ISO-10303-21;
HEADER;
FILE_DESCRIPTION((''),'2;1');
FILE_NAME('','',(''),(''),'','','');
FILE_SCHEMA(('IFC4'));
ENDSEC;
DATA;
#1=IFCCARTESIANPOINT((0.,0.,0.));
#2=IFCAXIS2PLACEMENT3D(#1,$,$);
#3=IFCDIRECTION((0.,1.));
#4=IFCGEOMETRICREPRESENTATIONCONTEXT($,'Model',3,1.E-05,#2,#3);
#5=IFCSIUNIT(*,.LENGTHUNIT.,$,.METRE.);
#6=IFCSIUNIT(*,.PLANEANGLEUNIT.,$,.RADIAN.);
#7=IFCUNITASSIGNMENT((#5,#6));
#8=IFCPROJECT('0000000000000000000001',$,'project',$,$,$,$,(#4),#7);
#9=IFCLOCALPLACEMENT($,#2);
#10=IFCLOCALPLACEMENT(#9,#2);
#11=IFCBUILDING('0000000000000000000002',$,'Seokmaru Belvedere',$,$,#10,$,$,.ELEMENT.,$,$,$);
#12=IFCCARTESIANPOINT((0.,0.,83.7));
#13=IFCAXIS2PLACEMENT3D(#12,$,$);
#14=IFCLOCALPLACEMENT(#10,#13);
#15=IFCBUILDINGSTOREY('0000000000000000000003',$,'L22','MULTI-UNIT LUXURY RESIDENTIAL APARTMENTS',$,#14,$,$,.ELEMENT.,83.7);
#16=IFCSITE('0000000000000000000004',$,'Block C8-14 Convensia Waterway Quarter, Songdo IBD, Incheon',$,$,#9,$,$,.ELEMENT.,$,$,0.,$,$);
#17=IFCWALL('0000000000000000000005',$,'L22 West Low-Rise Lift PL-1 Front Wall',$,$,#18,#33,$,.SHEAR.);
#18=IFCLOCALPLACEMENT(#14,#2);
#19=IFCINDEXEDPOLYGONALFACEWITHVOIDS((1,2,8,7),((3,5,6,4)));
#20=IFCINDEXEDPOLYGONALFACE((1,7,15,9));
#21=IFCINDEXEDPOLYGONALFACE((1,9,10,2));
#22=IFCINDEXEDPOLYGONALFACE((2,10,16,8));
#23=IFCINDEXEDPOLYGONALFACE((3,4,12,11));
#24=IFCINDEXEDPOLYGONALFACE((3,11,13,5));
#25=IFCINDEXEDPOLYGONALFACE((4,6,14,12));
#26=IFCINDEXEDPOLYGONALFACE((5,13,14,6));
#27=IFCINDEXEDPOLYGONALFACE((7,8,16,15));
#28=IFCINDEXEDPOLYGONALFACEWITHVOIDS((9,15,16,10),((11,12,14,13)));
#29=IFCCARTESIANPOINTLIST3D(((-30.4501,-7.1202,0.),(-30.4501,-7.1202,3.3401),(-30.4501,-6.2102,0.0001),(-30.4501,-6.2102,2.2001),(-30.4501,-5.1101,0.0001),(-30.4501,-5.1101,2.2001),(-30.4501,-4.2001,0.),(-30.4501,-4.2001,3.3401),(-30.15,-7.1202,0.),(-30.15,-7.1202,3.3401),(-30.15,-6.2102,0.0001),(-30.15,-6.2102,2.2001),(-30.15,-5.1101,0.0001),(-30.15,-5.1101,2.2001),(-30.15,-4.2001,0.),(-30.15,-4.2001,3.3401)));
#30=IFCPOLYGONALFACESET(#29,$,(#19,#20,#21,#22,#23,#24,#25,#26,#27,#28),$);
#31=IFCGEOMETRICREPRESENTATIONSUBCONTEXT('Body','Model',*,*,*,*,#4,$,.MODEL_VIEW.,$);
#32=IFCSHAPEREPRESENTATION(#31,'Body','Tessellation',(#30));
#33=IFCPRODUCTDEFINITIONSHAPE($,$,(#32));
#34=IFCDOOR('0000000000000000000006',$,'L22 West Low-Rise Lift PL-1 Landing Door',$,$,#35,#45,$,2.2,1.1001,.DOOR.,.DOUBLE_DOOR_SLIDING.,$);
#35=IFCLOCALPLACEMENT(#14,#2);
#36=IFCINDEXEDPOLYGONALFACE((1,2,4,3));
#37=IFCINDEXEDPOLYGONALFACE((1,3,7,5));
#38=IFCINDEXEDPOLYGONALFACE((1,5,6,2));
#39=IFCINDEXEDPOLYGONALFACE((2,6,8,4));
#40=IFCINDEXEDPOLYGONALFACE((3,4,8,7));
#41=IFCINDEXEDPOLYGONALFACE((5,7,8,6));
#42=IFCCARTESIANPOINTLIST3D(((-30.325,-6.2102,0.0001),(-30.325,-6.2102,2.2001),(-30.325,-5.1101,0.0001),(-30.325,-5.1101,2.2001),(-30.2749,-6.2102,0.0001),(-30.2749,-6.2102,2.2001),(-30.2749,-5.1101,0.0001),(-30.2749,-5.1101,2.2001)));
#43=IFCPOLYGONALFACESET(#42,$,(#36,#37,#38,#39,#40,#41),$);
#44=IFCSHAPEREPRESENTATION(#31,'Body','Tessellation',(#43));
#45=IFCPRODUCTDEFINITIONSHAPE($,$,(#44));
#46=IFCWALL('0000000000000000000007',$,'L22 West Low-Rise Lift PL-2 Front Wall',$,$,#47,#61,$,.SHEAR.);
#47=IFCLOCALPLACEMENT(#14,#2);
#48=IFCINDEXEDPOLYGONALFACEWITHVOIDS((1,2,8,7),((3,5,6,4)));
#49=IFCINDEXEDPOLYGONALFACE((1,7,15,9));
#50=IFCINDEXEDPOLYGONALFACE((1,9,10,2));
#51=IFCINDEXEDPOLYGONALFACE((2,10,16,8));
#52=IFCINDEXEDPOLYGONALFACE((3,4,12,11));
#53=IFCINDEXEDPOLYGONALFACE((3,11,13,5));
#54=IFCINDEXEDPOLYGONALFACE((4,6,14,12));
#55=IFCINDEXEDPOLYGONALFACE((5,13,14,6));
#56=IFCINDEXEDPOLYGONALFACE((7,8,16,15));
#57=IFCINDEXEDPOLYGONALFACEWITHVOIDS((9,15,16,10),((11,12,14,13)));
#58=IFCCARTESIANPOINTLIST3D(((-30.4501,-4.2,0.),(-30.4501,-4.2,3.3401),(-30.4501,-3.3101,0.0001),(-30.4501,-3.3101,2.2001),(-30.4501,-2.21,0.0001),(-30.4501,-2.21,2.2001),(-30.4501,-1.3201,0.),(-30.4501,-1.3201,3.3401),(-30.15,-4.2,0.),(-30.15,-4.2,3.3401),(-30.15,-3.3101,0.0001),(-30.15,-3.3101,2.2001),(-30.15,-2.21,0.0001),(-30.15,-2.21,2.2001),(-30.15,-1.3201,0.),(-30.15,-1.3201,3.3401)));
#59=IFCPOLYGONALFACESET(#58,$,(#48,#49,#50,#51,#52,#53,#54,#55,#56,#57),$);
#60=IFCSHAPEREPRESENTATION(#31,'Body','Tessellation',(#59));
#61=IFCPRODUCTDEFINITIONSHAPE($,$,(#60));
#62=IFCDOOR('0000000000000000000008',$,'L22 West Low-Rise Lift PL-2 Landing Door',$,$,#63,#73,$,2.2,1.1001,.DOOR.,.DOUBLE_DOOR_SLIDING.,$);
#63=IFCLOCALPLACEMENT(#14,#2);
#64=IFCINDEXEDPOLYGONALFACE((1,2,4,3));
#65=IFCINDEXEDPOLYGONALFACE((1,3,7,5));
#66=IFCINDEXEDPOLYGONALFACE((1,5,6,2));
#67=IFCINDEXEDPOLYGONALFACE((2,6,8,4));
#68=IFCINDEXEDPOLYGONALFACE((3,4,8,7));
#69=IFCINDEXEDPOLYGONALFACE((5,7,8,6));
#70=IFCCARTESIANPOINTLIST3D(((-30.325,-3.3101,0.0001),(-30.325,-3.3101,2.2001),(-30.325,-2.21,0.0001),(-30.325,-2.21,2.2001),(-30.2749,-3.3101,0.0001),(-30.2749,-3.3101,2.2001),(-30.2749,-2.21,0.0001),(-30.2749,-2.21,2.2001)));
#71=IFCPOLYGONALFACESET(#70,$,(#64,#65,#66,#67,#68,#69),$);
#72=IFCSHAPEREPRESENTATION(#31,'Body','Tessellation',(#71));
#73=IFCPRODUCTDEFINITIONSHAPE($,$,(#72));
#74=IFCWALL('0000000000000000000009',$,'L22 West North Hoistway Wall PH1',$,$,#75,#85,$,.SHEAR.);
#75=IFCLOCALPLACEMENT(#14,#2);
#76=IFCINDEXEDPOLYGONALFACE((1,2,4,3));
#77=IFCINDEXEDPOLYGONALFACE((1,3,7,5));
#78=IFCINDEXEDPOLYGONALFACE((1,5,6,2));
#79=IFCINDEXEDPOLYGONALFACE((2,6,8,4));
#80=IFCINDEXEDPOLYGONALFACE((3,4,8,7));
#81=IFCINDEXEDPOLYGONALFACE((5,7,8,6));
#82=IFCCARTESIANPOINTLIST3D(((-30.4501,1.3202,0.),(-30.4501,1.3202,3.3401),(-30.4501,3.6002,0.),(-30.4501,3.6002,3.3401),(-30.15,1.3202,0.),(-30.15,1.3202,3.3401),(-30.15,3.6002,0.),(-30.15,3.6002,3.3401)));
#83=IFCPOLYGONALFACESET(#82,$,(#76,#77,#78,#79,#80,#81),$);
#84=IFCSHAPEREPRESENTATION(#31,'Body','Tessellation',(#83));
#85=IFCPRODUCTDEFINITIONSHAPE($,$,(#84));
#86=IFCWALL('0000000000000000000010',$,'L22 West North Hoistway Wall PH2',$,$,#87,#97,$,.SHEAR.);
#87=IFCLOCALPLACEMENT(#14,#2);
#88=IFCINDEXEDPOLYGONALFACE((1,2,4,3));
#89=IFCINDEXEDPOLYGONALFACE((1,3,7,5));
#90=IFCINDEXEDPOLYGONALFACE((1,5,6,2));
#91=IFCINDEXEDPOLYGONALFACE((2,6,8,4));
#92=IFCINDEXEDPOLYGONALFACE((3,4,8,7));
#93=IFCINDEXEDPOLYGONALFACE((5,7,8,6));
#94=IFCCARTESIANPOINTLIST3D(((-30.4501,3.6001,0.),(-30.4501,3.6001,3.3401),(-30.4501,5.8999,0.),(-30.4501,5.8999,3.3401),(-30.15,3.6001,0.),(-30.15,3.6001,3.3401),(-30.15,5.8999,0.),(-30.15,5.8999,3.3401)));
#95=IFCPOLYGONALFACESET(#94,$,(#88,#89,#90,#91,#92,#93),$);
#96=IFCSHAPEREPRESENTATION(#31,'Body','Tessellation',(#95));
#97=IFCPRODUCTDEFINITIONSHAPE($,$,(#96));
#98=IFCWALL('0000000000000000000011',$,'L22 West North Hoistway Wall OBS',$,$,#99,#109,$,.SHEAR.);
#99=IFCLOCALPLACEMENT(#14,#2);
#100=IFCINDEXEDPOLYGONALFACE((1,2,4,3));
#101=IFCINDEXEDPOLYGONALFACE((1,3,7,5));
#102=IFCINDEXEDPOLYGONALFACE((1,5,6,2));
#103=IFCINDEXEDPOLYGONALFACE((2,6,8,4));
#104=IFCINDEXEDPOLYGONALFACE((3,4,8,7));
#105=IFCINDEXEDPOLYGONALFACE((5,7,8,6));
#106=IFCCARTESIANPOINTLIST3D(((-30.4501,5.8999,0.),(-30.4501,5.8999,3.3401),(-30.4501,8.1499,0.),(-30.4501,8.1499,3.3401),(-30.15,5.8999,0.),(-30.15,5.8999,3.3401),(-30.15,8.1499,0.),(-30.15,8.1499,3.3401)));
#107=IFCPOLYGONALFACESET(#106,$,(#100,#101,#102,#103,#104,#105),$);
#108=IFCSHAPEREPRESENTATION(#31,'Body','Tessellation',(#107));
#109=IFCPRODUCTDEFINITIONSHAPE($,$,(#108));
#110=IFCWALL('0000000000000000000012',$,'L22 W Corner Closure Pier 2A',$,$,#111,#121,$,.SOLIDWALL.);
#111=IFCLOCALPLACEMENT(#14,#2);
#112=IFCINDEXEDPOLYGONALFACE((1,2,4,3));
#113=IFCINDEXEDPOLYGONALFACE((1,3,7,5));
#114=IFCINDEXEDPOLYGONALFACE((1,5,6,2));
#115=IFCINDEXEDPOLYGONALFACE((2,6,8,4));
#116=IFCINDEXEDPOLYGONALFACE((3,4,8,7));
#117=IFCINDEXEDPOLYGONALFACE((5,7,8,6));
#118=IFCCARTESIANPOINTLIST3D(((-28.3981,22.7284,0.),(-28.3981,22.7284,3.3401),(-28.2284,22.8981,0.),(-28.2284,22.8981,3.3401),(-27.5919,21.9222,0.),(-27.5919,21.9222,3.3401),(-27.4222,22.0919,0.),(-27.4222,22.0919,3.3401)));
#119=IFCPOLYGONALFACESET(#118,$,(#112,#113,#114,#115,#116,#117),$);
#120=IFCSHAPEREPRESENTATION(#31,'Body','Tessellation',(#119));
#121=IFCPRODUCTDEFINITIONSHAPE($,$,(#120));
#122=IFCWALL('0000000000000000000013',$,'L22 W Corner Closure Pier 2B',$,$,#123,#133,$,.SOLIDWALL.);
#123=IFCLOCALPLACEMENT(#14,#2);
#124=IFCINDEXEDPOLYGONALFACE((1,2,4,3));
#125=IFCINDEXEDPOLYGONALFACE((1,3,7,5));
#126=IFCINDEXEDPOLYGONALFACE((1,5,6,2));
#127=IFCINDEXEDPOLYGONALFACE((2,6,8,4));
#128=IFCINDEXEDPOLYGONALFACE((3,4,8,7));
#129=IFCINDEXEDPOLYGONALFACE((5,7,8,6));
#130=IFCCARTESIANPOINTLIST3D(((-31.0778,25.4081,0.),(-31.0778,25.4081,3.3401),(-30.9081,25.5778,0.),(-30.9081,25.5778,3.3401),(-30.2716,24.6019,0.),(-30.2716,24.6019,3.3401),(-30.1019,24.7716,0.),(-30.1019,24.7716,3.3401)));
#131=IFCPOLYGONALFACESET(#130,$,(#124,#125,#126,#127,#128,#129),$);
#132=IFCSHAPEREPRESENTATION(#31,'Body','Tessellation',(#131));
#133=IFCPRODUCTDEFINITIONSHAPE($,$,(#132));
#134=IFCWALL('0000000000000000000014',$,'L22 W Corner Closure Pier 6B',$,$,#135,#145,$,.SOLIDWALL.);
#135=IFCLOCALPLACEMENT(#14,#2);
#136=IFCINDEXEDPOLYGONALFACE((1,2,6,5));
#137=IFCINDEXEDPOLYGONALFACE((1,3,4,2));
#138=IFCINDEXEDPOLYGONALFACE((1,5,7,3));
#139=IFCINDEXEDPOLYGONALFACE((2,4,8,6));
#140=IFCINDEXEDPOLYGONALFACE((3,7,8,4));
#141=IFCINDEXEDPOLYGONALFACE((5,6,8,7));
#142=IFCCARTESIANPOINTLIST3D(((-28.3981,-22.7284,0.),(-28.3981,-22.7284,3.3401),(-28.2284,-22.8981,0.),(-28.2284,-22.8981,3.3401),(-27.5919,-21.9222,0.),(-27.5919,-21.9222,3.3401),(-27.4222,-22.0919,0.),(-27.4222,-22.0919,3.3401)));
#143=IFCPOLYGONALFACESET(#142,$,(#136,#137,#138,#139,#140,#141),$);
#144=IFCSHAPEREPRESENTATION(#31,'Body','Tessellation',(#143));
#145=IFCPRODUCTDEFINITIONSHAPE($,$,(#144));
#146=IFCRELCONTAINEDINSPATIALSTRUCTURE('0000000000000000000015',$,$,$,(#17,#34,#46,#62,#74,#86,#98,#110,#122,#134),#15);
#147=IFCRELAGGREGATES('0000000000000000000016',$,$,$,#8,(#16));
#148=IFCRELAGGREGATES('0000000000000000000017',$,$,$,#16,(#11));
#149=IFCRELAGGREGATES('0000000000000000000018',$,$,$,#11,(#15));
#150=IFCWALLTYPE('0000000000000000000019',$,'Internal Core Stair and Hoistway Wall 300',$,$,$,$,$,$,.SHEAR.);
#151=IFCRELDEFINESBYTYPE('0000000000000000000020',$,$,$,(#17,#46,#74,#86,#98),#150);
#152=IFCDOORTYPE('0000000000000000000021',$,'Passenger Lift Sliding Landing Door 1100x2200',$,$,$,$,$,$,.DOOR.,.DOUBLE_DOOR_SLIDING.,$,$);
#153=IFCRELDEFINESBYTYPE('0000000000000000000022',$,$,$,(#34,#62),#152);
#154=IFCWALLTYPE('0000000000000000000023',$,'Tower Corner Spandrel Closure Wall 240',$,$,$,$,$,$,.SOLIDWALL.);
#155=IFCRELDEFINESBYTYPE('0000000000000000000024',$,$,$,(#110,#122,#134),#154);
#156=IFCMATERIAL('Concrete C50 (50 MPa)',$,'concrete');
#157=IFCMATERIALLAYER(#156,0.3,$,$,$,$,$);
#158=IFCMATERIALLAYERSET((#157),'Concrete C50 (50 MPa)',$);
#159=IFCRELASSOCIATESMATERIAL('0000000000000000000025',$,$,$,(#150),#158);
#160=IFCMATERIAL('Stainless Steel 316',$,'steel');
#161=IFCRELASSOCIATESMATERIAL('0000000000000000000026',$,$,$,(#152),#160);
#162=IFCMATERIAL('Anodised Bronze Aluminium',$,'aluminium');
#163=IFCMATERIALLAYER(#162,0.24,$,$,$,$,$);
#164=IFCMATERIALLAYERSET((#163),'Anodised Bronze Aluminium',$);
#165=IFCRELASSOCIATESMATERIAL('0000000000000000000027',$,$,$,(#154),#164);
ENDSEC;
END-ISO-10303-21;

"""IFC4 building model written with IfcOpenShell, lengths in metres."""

from ifc_helpers import new_model, si_unit, direction, frame, frame_2d, origin, place, context, subcontext, project, spatial, rectangle, extrude, source, transform, mapped, material, layer, layer_set, type_object, type_shapes, element, fill, save


model = new_model("IFC4")

# Units and contexts
model_context = context("Model", 3, precision=1e-05, world=origin(), true_north=direction((0.0, 1.0)))
body_context = subcontext(model_context, "Body", "Model", "MODEL_VIEW")
ifc_project = project(units=[si_unit("LENGTHUNIT", "METRE"), si_unit("PLANEANGLEUNIT", "RADIAN")], contexts=[model_context])

# Site, building, storey
site_placement = place(None, origin())
site = spatial("IfcSite", under=ifc_project, at=site_placement, Name="Block C8-14 Convensia Waterway Quarter, Songdo IBD, Incheon", CompositionType="ELEMENT", RefElevation=0.0)
building_placement = place(site_placement, origin())
building = spatial("IfcBuilding", under=site, at=building_placement, Name="Seokmaru Belvedere", CompositionType="ELEMENT")
storey_placement = place(building_placement, frame((0.0, 0.0, 83.7)))
storey = spatial("IfcBuildingStorey", under=building, at=storey_placement, Name="L22", Description="MULTI-UNIT LUXURY RESIDENTIAL APARTMENTS", CompositionType="ELEMENT", Elevation=83.7)

# Shared definitions
ifc_material_1 = material(Name="Anodised Bronze Aluminium", Category="aluminium")

# Walls, openings, doors
ifc_material_2 = material(Name="Concrete C50 (50 MPa)", Category="concrete")
ifc_layer_1 = layer(ifc_material_2, 0.3)
ifc_layer_set_1 = layer_set([ifc_layer_1], Name="Concrete C50 (50 MPa)")
wall_type_1 = type_object("IfcWallType", Name="Internal Core Stair and Hoistway Wall 300", PredefinedType="SHEAR", material=ifc_layer_set_1)
wall_1_placement = place(storey_placement, frame((-30.3, -7.1201, 0.0), z_axis=(0.0, 0.0, 1.0), x_axis=(0.0, 1.0, 0.0)))
wall_1 = element("IfcWall", 1, at=wall_1_placement, inside=storey, type_object=wall_type_1, Name="L22 West Low-Rise Lift PL-1 Front Wall", PredefinedType="SHEAR", context=body_context, shape_type="SweptSolid", body=[
    extrude(rectangle(XDim=2.9202, YDim=0.3, at=frame_2d((1.46, 0.0))), origin(), (0.0, 0.0, 1.0), 3.3401),
])
opening_1_placement = place(wall_1_placement, frame((0.9099, 0.0, 0.0)))
opening_1 = element("IfcOpeningElement", 2, at=opening_1_placement, cuts=wall_1, PredefinedType="OPENING", context=body_context, shape_type="SweptSolid", body=[
    extrude(rectangle(XDim=1.1001, YDim=2.2, at=frame_2d((0.55, 1.1001))), frame((0.0, 0.1602, 0.0), z_axis=(0.0, -1.0, 0.0), x_axis=(1.0, 0.0, 0.0)), (0.0, 0.0, 1.0), 0.3201),
])
ifc_material_3 = material(Name="Stainless Steel 316", Category="steel")
door_type_1 = type_object("IfcDoorType", Name="Passenger Lift Sliding Landing Door 1100x2200", OperationType="DOUBLE_DOOR_SLIDING", PredefinedType="DOOR", material=ifc_material_3)
shared_shape_1 = source(origin(), body_context, "Body", "SweptSolid", [
    extrude(rectangle(XDim=1.1001, YDim=2.2, at=frame_2d((0.55, 1.1001))), frame((0.0, 0.0249, 0.0), z_axis=(0.0, -1.0, 0.0), x_axis=(1.0, 0.0, 0.0)), (0.0, 0.0, 1.0), 0.05),
])
type_shapes(door_type_1, [shared_shape_1])
door_1_placement = place(opening_1_placement, origin())
door_1 = element("IfcDoor", 3, at=door_1_placement, inside=storey, type_object=door_type_1, Name="L22 West Low-Rise Lift PL-1 Landing Door", OperationType="DOUBLE_DOOR_SLIDING", OverallHeight=2.2, OverallWidth=1.1001, PredefinedType="DOOR", context=body_context, shape_type="MappedRepresentation", body=[
    mapped(shared_shape_1, transform((0.0, 0.0, 0.0), scale=1.0)),
])
fill(opening_1, door_1)
wall_2_placement = place(storey_placement, frame((-30.3, -4.2, 0.0), z_axis=(0.0, 0.0, 1.0), x_axis=(0.0, 1.0, 0.0)))
wall_2 = element("IfcWall", 4, at=wall_2_placement, inside=storey, type_object=wall_type_1, Name="L22 West Low-Rise Lift PL-2 Front Wall", PredefinedType="SHEAR", context=body_context, shape_type="SweptSolid", body=[
    extrude(rectangle(XDim=2.8799, YDim=0.3, at=frame_2d((1.4399, 0.0))), origin(), (0.0, 0.0, 1.0), 3.3401),
])
opening_2_placement = place(wall_2_placement, frame((0.8899, 0.0, 0.0)))
opening_2 = element("IfcOpeningElement", 5, at=opening_2_placement, cuts=wall_2, PredefinedType="OPENING", context=body_context, shape_type="SweptSolid", body=[
    extrude(rectangle(XDim=1.1001, YDim=2.2, at=frame_2d((0.55, 1.1001))), frame((0.0, 0.1602, 0.0), z_axis=(0.0, -1.0, 0.0), x_axis=(1.0, 0.0, 0.0)), (0.0, 0.0, 1.0), 0.3201),
])
door_2_placement = place(opening_2_placement, origin())
door_2 = element("IfcDoor", 6, at=door_2_placement, inside=storey, type_object=door_type_1, Name="L22 West Low-Rise Lift PL-2 Landing Door", OperationType="DOUBLE_DOOR_SLIDING", OverallHeight=2.2, OverallWidth=1.1001, PredefinedType="DOOR", context=body_context, shape_type="MappedRepresentation", body=[
    mapped(shared_shape_1, transform((0.0, 0.0, 0.0), scale=1.0)),
])
fill(opening_2, door_2)

# Walls
wall_3_placement = place(storey_placement, frame((-30.3, 1.3201, 0.0), z_axis=(0.0, 0.0, 1.0), x_axis=(0.0, 1.0, 0.0)))
element("IfcWall", 7, at=wall_3_placement, inside=storey, type_object=wall_type_1, Name="L22 West North Hoistway Wall PH1", PredefinedType="SHEAR", context=body_context, shape_type="SweptSolid", body=[
    extrude(rectangle(XDim=2.28, YDim=0.3, at=frame_2d((1.1401, 0.0))), origin(), (0.0, 0.0, 1.0), 3.3401),
])
wall_4_placement = place(storey_placement, frame((-30.3, 3.6001, 0.0), z_axis=(0.0, 0.0, 1.0), x_axis=(0.0, 1.0, 0.0)))
element("IfcWall", 8, at=wall_4_placement, inside=storey, type_object=wall_type_1, Name="L22 West North Hoistway Wall PH2", PredefinedType="SHEAR", context=body_context, shape_type="SweptSolid", body=[
    extrude(rectangle(XDim=2.2998, YDim=0.3, at=frame_2d((1.1499, 0.0))), origin(), (0.0, 0.0, 1.0), 3.3401),
])
wall_5_placement = place(storey_placement, frame((-30.3, 5.8999, 0.0), z_axis=(0.0, 0.0, 1.0), x_axis=(0.0, 1.0, 0.0)))
element("IfcWall", 9, at=wall_5_placement, inside=storey, type_object=wall_type_1, Name="L22 West North Hoistway Wall OBS", PredefinedType="SHEAR", context=body_context, shape_type="SweptSolid", body=[
    extrude(rectangle(XDim=2.25, YDim=0.3, at=frame_2d((1.125, 0.0))), origin(), (0.0, 0.0, 1.0), 3.3401),
])

# Walls
ifc_layer_2 = layer(ifc_material_1, 0.24)
ifc_layer_set_2 = layer_set([ifc_layer_2], Name="Anodised Bronze Aluminium")
wall_type_2 = type_object("IfcWallType", Name="Tower Corner Spandrel Closure Wall 240", PredefinedType="SOLIDWALL", material=ifc_layer_set_2)
for number, where, z_axis, x_axis, name in (
    (10, (-27.5071, 22.0071, 0.0), (0.0, 0.0, 1.0), (-0.707107, 0.707107, 0.0), "L22 W Corner Closure Pier 2A"),
    (11, (-30.1868, 24.6868, 0.0), (0.0, 0.0, 1.0), (-0.707107, 0.707107, 0.0), "L22 W Corner Closure Pier 2B"),
    (12, (-28.3132, -22.8132, 0.0), (0.0, 0.0, 1.0), (0.707107, 0.707107, 0.0), "L22 W Corner Closure Pier 6B"),
):
    element("IfcWall", number, at=place(storey_placement, frame(where, z_axis=z_axis, x_axis=x_axis)), inside=storey, type_object=wall_type_2, Name=name, PredefinedType="SOLIDWALL", context=body_context, shape_type="SweptSolid", body=[
        extrude(rectangle(XDim=1.1401, YDim=0.24, at=frame_2d((0.5701, 0.0))), origin(), (0.0, 0.0, 1.0), 3.3401),
    ])

save(model, "model.ifc")
